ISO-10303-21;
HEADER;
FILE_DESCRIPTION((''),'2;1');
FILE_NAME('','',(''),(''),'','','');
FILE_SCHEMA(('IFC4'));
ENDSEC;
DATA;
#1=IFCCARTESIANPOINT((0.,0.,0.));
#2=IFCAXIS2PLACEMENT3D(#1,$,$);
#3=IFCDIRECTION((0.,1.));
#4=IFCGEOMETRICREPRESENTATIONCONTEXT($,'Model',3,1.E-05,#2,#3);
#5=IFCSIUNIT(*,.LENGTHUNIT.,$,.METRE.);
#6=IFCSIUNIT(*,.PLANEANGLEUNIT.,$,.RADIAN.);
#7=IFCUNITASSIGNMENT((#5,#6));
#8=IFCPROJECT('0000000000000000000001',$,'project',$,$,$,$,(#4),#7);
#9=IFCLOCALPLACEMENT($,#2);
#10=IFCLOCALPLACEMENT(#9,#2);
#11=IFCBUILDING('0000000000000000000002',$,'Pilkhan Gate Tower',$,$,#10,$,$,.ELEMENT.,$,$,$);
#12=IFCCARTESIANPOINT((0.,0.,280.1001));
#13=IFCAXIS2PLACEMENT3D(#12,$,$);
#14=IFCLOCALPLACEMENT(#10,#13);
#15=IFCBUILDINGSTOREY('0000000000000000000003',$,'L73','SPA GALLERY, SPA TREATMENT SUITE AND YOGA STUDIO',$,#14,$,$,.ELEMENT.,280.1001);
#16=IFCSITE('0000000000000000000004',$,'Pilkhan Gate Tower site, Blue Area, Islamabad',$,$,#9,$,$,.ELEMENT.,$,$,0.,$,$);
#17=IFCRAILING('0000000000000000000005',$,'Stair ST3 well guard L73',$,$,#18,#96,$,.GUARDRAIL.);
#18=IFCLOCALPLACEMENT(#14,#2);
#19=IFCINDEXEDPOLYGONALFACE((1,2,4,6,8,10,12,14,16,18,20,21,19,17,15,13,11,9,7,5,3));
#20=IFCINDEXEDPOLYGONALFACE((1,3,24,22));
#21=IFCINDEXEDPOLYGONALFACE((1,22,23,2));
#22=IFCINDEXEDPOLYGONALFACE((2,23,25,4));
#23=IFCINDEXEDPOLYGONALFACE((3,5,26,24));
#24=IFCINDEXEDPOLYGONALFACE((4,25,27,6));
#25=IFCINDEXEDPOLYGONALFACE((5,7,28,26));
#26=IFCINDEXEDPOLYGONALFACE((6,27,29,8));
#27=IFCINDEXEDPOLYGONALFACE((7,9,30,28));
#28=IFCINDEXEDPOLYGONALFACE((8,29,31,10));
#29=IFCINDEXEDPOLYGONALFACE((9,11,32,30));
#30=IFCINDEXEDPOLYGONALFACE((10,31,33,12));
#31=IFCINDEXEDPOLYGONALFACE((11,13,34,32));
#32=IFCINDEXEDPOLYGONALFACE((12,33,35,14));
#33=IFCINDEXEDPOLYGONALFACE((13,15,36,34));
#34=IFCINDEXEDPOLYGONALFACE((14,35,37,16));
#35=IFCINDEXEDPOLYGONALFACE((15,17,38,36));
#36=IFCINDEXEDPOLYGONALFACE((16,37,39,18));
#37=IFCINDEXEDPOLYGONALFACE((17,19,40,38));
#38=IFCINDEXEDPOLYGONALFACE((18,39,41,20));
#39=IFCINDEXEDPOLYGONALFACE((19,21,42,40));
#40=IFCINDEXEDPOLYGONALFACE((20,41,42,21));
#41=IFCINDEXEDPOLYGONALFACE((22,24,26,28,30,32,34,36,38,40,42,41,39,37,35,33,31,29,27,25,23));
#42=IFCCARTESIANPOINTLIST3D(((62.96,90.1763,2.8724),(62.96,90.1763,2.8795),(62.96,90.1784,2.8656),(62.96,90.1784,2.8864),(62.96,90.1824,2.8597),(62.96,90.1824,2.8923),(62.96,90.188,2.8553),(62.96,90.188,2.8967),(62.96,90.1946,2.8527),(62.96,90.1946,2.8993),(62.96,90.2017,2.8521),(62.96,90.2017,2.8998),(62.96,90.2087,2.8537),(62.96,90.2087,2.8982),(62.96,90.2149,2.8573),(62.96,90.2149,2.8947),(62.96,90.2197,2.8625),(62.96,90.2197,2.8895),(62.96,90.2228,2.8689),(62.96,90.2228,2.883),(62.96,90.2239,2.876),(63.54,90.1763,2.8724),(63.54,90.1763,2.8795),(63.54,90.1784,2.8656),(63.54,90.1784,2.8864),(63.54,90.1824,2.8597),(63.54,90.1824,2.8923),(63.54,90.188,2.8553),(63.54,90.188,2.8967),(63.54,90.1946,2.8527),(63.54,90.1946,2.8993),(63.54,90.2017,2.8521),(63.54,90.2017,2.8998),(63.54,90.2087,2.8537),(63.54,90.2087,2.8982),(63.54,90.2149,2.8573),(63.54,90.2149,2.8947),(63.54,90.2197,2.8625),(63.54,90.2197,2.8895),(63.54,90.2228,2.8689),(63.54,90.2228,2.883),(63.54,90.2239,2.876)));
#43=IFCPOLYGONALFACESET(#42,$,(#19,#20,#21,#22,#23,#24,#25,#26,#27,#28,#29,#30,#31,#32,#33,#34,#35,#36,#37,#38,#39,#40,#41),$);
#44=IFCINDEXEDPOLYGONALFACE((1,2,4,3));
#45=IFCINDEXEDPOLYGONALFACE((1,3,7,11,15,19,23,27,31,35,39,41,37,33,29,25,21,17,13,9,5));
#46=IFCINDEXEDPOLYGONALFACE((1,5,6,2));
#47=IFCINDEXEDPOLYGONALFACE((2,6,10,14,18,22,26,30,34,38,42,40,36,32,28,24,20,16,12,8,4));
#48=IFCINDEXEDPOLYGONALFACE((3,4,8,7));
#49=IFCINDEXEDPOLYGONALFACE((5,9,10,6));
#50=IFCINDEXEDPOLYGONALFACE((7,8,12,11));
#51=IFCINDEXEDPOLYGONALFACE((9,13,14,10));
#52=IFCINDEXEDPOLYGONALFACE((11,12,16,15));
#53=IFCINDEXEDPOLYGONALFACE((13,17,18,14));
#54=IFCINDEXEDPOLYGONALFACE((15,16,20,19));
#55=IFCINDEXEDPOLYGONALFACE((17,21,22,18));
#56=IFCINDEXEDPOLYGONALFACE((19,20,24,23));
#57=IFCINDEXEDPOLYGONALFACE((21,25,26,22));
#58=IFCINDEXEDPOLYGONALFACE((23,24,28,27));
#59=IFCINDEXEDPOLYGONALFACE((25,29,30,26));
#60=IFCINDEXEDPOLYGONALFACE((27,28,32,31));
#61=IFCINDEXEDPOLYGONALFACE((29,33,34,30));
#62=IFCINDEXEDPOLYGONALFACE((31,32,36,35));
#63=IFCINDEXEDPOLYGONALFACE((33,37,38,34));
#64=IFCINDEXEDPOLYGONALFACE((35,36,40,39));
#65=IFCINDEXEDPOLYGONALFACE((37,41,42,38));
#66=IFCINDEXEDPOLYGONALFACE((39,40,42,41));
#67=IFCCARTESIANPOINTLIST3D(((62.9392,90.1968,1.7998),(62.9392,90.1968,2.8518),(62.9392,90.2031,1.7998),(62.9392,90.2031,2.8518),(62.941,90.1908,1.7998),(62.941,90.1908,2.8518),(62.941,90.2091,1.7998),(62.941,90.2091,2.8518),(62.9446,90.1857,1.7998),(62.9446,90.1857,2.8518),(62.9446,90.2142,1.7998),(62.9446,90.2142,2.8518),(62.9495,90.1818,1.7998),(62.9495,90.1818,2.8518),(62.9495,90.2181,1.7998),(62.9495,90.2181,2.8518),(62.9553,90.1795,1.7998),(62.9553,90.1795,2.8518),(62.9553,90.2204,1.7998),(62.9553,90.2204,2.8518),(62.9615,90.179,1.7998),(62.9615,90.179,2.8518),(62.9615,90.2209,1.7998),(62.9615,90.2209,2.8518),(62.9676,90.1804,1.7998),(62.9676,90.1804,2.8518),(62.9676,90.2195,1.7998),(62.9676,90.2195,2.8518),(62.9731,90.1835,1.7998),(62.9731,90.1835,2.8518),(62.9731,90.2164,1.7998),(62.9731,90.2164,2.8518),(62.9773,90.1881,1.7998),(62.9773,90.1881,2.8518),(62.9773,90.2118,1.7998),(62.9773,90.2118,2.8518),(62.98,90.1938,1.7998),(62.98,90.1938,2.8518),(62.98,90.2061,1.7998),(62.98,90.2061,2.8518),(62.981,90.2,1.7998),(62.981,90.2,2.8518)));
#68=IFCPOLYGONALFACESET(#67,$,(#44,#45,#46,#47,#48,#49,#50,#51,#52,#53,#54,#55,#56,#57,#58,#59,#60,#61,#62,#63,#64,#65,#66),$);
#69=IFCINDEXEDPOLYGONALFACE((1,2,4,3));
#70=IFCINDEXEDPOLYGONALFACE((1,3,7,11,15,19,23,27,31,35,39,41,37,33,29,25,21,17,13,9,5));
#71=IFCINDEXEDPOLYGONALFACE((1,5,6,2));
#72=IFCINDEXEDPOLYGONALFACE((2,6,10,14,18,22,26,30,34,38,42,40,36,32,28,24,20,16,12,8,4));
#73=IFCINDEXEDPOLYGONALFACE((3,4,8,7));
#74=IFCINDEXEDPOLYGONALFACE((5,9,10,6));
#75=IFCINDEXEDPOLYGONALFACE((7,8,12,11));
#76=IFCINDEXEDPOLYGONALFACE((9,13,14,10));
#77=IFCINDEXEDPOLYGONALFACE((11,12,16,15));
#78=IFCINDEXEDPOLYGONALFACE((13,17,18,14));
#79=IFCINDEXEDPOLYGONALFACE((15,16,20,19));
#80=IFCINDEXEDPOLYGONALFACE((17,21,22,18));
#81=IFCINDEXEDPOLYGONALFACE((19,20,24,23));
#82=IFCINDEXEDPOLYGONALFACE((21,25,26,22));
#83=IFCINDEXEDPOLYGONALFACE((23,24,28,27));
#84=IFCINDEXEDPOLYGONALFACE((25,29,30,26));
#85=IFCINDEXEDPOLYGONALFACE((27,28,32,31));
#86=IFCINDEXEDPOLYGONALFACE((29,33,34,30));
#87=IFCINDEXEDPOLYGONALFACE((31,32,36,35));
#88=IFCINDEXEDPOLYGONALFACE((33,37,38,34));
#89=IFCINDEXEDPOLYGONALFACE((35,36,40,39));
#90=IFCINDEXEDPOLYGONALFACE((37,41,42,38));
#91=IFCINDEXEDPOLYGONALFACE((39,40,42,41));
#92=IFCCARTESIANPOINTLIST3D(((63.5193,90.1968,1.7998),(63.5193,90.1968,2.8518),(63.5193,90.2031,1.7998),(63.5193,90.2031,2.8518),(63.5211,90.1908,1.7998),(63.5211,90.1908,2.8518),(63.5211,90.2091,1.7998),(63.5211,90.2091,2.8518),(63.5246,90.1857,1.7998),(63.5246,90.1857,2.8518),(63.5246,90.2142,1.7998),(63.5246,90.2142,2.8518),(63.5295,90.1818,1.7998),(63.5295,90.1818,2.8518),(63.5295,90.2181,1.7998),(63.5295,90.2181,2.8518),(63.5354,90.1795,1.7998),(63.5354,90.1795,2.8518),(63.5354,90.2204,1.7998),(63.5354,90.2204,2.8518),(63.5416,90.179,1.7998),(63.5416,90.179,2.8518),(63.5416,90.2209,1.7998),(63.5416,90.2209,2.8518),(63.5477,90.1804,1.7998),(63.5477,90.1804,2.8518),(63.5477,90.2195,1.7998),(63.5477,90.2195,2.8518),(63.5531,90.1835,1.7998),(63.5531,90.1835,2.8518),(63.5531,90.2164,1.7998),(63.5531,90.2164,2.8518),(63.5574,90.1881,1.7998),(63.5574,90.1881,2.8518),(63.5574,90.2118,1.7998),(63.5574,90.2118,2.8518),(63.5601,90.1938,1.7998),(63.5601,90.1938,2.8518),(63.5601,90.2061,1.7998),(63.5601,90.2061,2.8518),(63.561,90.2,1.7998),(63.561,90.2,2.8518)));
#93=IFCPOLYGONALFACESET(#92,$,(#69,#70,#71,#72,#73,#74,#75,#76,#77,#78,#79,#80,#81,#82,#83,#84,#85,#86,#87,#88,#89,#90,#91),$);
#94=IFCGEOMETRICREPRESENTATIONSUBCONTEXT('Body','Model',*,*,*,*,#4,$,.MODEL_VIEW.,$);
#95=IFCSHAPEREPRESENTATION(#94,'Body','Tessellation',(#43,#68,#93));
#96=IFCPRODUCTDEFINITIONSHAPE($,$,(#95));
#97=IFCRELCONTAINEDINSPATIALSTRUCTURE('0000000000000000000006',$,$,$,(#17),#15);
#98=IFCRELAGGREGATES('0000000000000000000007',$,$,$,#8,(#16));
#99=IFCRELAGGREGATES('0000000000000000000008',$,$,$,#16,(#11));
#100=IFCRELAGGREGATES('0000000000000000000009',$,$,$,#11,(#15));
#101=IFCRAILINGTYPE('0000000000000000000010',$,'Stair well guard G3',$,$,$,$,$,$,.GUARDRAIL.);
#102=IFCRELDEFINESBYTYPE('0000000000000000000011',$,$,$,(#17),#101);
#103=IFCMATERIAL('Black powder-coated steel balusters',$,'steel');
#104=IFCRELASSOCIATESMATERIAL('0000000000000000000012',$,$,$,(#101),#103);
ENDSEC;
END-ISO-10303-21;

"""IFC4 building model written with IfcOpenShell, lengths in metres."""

from ifc_helpers import new_model, si_unit, direction, frame, origin, origin_2d, place, context, subcontext, project, spatial, circle, extrude, material, type_object, element, save


model = new_model("IFC4")

# Units and contexts
model_context = context("Model", 3, precision=1e-05, world=origin(), true_north=direction((0.0, 1.0)))
body_context = subcontext(model_context, "Body", "Model", "MODEL_VIEW")
ifc_project = project(units=[si_unit("LENGTHUNIT", "METRE"), si_unit("PLANEANGLEUNIT", "RADIAN")], contexts=[model_context])

# Site, building, storey
site_placement = place(None, origin())
site = spatial("IfcSite", under=ifc_project, at=site_placement, Name="Pilkhan Gate Tower site, Blue Area, Islamabad", CompositionType="ELEMENT", RefElevation=0.0)
building_placement = place(site_placement, origin())
building = spatial("IfcBuilding", under=site, at=building_placement, Name="Pilkhan Gate Tower", CompositionType="ELEMENT")
storey_placement = place(building_placement, frame((0.0, 0.0, 280.1001)))
storey = spatial("IfcBuildingStorey", under=building, at=storey_placement, Name="L73", Description="SPA GALLERY, SPA TREATMENT SUITE AND YOGA STUDIO", CompositionType="ELEMENT", Elevation=280.1001)

# Railing
ifc_material_1 = material(Name="Black powder-coated steel balusters", Category="steel")
railing_type_1 = type_object("IfcRailingType", Name="Stair well guard G3", PredefinedType="GUARDRAIL", material=ifc_material_1)
for number, where, name in (
    (1, (62.96, 90.2, 1.7998), "Stair ST3 well guard L73"),
):
    element("IfcRailing", number, at=place(storey_placement, frame(where)), inside=storey, type_object=railing_type_1, Name=name, PredefinedType="GUARDRAIL", context=body_context, shape_type="SweptSolid", body=[
        extrude(circle(Radius=0.0239, at=origin_2d()), frame((0.0, 0.0, 1.0762), z_axis=(1.0, 0.0, 0.0), x_axis=(0.0, 1.0, 0.0)), (0.0, 0.0, 1.0), 0.5801),
        extrude(circle(Radius=0.021, at=origin_2d()), origin(), (0.0, 0.0, 1.0), 1.052),
        extrude(circle(Radius=0.021, at=origin_2d()), frame((0.5801, 0.0, 0.0)), (0.0, 0.0, 1.0), 1.052),
    ])

save(model, "model.ifc")
